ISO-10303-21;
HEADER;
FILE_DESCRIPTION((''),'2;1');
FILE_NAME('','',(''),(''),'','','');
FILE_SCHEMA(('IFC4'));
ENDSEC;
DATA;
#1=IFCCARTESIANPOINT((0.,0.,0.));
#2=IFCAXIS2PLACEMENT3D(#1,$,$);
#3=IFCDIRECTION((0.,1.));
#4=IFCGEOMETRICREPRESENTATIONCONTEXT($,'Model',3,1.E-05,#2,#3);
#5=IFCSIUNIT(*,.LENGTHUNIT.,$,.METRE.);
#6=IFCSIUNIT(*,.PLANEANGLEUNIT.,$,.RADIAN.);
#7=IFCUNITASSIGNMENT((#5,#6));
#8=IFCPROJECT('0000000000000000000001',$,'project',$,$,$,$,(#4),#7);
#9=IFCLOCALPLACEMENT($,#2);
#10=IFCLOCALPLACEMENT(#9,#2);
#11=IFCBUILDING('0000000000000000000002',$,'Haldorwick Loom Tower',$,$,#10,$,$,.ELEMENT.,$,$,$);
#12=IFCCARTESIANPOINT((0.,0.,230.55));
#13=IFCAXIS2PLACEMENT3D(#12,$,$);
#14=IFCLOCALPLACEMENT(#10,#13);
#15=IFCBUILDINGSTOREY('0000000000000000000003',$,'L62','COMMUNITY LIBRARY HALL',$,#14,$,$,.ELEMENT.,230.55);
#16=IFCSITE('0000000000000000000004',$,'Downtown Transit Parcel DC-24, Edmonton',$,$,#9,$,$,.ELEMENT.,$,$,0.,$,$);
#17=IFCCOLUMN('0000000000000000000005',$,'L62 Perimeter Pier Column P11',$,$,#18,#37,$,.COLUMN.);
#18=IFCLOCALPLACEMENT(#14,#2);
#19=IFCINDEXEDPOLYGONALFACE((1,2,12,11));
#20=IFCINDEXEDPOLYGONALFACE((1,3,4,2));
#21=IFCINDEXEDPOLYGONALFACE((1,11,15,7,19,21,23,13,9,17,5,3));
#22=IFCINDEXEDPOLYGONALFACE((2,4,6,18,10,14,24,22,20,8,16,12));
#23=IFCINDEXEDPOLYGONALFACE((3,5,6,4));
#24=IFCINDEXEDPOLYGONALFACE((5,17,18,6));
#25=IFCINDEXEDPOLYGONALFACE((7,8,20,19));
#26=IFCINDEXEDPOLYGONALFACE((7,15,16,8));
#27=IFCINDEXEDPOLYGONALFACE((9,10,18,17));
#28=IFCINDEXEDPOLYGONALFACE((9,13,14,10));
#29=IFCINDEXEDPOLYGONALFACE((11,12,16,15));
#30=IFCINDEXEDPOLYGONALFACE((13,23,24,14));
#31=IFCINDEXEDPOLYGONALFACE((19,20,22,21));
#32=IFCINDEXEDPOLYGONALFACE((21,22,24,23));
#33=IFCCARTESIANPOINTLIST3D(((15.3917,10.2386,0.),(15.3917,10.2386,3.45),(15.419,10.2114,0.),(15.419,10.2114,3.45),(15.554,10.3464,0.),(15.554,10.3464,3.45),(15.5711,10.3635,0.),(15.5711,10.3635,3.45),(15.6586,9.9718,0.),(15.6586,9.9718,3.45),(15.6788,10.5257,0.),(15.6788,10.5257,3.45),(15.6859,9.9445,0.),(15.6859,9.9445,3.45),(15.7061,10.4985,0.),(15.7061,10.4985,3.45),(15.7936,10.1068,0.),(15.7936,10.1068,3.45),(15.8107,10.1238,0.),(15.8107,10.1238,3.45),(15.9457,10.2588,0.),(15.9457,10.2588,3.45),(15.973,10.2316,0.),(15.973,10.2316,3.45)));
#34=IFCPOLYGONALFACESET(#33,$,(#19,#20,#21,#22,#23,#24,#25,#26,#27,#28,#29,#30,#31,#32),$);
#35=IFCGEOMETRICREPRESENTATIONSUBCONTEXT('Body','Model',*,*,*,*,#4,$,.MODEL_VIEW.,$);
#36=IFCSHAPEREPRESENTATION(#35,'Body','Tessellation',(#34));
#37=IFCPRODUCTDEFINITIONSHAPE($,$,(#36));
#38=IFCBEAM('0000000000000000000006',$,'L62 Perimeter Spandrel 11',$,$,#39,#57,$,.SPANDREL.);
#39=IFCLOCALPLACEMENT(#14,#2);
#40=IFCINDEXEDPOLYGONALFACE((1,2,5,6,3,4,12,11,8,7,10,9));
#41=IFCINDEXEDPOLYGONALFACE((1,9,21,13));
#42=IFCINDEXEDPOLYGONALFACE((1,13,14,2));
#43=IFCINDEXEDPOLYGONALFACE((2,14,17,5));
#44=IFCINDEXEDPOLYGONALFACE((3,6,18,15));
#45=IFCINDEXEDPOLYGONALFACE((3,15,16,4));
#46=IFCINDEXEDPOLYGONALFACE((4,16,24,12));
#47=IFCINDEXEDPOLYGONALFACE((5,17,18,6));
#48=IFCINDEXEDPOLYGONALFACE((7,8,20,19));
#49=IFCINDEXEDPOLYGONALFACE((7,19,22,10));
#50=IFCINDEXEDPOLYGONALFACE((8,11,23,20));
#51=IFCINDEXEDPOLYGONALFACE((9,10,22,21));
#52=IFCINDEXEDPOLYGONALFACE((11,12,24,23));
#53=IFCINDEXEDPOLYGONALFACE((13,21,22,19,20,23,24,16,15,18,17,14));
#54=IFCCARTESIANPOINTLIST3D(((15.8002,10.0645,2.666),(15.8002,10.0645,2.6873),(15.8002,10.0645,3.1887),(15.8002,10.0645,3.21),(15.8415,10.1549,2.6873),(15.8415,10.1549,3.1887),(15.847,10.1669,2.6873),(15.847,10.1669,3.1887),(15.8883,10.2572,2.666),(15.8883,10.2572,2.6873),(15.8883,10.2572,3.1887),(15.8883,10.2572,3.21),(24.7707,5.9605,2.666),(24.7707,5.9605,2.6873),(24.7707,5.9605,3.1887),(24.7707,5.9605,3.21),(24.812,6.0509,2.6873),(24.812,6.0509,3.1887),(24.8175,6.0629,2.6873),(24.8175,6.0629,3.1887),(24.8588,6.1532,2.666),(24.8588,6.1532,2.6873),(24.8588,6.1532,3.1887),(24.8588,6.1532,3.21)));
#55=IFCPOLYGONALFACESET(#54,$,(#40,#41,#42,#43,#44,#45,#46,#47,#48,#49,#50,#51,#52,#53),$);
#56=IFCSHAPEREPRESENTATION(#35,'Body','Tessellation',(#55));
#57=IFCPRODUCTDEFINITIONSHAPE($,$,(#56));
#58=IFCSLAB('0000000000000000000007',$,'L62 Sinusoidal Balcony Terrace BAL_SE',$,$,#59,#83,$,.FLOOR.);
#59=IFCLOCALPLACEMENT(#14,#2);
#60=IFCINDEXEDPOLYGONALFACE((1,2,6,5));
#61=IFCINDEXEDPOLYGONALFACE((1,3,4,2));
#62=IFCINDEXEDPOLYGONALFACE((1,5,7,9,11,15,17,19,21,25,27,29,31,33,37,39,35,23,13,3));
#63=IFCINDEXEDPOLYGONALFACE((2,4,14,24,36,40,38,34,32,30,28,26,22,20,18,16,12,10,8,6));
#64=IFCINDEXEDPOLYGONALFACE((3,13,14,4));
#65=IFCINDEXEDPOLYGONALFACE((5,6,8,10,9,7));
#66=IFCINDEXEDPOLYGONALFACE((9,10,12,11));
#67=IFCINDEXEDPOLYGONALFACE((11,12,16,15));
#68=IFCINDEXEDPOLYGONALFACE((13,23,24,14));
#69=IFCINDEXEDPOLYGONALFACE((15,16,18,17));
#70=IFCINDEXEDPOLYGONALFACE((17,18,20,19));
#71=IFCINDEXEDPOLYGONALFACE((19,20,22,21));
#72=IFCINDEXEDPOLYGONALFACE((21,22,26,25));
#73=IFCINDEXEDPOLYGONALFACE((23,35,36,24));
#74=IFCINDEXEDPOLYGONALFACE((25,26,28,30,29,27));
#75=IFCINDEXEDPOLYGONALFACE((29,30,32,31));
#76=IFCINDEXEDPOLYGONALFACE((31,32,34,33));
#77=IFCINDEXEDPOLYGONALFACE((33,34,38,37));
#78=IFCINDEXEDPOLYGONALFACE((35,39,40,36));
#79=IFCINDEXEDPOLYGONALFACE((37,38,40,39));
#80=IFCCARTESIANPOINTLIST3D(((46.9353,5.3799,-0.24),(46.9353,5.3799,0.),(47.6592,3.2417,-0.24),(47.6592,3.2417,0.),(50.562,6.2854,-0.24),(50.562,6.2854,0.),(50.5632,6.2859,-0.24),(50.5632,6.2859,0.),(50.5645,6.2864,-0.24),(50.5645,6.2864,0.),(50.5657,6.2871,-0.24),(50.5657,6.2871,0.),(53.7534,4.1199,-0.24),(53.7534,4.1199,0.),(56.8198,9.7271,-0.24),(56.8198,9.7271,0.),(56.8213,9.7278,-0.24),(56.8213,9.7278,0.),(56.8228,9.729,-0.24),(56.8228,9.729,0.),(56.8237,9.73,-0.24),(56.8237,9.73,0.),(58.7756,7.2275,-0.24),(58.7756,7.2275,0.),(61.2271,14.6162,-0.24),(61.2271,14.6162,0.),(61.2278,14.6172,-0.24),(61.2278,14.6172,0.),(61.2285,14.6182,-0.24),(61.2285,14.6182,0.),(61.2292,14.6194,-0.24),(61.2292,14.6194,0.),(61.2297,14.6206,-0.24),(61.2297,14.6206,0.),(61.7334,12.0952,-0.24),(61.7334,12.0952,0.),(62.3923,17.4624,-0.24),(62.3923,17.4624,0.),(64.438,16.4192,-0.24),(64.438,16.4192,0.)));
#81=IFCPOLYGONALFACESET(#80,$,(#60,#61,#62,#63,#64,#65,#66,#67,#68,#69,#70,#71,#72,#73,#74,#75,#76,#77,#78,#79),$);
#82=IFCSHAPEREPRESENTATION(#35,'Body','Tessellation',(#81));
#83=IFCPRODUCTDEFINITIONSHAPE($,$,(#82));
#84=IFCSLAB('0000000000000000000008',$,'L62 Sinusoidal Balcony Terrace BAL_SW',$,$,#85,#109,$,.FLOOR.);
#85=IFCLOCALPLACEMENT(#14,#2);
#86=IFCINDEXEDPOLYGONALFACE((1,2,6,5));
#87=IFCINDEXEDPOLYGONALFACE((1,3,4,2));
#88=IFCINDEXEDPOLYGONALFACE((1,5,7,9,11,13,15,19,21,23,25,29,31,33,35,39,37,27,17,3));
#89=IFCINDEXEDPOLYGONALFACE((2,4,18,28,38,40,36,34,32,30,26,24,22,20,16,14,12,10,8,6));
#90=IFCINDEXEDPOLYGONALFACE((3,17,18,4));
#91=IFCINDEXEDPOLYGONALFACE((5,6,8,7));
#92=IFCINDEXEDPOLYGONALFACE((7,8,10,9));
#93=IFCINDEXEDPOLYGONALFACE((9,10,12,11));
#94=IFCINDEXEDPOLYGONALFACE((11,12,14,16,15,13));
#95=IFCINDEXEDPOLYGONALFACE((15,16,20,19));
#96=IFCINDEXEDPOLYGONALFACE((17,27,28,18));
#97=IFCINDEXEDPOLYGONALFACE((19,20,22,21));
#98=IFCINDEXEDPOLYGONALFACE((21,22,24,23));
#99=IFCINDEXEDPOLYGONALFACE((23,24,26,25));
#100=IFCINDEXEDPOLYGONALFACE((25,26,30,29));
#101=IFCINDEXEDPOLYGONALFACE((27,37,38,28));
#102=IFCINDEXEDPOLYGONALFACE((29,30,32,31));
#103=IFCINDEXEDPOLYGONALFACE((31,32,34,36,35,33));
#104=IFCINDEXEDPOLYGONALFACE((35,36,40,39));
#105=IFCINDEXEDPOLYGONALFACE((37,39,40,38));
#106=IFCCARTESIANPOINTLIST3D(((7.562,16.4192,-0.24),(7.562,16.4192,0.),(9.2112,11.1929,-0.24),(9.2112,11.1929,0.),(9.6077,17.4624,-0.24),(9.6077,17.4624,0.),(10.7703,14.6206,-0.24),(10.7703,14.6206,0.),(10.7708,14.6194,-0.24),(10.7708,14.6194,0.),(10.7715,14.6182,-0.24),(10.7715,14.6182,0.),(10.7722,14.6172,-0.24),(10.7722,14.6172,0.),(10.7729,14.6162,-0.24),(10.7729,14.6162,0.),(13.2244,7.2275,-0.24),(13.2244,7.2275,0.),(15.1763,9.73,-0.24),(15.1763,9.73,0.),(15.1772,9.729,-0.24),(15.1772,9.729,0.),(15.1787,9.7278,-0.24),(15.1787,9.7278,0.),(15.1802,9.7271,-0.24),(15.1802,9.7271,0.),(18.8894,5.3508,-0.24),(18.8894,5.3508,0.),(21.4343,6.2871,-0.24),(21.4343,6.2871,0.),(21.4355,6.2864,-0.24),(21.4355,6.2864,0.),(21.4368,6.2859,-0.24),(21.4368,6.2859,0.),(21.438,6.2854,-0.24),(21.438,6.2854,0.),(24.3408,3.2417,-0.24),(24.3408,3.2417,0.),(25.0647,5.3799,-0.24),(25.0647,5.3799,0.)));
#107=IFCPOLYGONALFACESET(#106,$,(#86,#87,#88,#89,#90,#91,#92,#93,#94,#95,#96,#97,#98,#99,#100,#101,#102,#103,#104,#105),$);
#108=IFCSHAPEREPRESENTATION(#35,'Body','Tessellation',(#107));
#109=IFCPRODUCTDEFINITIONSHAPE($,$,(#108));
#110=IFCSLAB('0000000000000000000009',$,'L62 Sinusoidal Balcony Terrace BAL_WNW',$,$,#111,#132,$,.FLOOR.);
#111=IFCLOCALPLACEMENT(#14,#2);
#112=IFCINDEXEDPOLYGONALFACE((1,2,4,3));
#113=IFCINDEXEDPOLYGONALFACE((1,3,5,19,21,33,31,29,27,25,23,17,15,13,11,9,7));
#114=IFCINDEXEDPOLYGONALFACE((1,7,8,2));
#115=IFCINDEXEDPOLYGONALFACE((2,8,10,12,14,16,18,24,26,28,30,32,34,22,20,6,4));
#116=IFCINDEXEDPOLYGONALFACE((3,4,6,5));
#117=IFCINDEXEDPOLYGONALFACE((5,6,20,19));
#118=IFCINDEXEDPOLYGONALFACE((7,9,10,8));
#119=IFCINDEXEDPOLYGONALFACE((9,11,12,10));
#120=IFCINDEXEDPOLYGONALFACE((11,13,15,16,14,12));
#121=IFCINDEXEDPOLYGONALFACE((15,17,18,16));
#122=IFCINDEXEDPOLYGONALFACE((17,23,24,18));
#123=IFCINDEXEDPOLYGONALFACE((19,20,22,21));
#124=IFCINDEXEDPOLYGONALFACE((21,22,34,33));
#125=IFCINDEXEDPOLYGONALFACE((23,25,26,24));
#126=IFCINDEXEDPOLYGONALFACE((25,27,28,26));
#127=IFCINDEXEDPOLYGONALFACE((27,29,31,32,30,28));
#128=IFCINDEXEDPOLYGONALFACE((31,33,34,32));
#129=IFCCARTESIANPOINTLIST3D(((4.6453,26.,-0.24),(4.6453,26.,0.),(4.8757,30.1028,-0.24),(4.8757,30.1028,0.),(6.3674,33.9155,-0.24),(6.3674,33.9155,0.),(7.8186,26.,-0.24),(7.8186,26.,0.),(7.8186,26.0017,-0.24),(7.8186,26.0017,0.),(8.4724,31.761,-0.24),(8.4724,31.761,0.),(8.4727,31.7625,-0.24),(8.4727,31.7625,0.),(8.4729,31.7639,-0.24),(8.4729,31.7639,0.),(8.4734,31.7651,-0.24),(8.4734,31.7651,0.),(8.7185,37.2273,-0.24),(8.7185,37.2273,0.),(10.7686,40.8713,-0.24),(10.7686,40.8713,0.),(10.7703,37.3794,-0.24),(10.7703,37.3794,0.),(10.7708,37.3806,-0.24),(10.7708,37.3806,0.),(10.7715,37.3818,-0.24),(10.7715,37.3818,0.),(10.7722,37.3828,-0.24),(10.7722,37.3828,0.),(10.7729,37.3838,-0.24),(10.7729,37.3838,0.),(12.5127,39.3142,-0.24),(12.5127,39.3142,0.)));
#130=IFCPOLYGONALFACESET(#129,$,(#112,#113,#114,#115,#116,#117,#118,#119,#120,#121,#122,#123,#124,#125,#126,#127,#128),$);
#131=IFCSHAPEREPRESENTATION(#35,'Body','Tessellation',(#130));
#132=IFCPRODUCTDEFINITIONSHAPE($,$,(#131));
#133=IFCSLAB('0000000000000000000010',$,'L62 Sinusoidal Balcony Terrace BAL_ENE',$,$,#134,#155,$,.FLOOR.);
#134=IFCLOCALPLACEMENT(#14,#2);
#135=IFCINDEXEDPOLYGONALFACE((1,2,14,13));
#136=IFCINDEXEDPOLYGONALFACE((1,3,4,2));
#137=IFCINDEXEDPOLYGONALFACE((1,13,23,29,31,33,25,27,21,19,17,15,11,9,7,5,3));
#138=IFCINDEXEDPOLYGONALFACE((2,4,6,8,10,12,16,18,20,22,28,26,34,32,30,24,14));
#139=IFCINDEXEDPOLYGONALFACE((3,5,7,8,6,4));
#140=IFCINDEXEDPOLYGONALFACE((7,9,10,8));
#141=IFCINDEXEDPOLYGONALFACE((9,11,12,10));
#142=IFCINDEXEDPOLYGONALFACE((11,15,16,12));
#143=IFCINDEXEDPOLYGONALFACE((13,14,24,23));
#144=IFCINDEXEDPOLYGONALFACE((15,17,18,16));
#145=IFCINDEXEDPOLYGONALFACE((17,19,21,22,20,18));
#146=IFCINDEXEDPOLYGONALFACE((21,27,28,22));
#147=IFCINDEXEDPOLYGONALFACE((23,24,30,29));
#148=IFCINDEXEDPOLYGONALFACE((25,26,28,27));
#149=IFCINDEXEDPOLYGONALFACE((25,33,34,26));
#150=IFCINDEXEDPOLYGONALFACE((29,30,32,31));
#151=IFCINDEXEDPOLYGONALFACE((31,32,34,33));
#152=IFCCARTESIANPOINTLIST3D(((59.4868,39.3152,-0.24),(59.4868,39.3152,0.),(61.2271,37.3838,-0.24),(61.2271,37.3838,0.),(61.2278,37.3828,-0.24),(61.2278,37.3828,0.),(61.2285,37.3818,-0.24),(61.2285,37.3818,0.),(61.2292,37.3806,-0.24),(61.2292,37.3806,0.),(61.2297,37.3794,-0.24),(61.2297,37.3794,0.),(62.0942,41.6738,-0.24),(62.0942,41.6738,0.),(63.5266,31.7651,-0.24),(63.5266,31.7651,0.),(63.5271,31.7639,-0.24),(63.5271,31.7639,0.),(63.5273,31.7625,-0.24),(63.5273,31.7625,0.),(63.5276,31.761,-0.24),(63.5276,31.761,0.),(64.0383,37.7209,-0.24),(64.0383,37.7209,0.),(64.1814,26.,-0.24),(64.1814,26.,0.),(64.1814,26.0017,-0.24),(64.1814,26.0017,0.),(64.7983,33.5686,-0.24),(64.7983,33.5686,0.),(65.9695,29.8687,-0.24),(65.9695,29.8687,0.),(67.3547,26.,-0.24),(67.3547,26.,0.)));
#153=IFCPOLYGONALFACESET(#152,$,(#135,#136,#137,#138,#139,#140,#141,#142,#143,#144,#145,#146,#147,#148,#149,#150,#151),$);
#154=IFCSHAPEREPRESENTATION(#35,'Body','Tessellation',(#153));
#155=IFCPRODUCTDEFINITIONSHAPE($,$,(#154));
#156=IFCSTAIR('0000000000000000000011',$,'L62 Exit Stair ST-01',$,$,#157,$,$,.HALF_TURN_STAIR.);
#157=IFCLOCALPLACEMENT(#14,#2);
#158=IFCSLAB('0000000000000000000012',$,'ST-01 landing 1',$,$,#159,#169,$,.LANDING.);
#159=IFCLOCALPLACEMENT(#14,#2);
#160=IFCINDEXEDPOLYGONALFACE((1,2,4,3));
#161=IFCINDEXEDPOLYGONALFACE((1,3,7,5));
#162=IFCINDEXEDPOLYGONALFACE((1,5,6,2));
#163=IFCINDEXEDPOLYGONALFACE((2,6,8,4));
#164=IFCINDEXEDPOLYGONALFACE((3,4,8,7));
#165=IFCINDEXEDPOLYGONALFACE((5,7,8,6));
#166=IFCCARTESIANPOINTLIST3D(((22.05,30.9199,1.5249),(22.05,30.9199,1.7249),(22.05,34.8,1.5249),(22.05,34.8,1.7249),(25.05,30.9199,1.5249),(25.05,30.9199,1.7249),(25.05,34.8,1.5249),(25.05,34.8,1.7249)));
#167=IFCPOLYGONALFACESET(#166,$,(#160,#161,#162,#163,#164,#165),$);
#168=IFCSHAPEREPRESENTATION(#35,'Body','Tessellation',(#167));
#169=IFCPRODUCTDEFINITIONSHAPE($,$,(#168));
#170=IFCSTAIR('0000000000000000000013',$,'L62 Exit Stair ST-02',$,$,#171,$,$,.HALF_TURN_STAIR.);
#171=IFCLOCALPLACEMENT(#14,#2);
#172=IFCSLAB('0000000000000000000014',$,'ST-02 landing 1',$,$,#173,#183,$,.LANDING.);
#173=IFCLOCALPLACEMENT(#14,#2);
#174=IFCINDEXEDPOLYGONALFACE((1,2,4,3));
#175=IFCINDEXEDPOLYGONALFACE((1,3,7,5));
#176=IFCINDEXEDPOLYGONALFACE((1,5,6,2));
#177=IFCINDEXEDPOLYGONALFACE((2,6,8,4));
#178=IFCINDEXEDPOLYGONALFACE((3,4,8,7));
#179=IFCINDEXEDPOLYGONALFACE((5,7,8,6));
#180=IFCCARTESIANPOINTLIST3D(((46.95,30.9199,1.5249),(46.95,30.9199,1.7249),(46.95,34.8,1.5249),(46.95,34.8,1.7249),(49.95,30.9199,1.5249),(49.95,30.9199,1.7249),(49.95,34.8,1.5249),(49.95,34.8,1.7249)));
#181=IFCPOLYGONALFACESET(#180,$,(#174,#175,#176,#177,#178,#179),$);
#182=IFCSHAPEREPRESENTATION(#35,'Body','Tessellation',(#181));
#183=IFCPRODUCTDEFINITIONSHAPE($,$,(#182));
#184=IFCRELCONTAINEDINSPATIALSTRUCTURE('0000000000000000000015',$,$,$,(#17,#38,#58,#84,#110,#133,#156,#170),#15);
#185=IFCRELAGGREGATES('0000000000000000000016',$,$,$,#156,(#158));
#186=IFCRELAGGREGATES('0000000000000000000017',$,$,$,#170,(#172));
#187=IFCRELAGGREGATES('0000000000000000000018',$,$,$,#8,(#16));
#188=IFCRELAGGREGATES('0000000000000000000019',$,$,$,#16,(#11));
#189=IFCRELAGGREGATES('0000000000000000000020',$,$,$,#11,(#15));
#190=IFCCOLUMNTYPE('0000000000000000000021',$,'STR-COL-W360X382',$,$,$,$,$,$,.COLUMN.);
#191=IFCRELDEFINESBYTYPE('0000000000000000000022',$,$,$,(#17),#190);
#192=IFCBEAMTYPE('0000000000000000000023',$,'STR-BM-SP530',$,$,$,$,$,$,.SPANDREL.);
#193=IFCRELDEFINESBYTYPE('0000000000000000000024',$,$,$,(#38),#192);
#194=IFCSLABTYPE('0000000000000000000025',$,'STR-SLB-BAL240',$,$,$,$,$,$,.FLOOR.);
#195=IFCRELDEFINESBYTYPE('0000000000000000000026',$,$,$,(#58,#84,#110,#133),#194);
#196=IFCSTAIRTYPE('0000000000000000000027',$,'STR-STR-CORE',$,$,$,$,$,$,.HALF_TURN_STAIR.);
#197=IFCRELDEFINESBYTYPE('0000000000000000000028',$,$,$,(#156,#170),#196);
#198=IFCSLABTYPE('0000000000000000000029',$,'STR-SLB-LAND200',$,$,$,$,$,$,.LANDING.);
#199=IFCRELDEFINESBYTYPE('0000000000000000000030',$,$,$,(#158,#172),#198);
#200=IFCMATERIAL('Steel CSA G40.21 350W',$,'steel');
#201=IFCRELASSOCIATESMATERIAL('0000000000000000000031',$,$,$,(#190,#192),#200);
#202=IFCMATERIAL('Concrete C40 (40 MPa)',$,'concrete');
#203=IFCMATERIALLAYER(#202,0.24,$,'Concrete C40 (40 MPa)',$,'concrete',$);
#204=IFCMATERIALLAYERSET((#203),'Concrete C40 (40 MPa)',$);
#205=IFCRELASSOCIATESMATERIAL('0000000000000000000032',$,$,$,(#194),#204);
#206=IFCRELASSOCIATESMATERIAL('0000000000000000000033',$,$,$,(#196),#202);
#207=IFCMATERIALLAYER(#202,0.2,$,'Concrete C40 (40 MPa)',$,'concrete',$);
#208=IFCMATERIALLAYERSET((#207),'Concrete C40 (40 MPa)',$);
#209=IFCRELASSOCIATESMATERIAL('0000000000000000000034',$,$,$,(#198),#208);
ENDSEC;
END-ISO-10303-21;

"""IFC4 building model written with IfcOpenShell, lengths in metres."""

from ifc_helpers import new_model, si_unit, direction, frame, origin, origin_2d, place, context, subcontext, project, spatial, polyline, i_section, outline, extrude, material, layer, layer_set, material_profile, profile_set, type_object, element, aggregate, save


model = new_model("IFC4")

# Units and contexts
model_context = context("Model", 3, precision=1e-05, world=origin(), true_north=direction((0.0, 1.0)))
body_context = subcontext(model_context, "Body", "Model", "MODEL_VIEW")
ifc_project = project(units=[si_unit("LENGTHUNIT", "METRE"), si_unit("PLANEANGLEUNIT", "RADIAN")], contexts=[model_context])

# Site, building, storey
site_placement = place(None, origin())
site = spatial("IfcSite", under=ifc_project, at=site_placement, Name="Downtown Transit Parcel DC-24, Edmonton", CompositionType="ELEMENT", RefElevation=0.0)
building_placement = place(site_placement, origin())
building = spatial("IfcBuilding", under=site, at=building_placement, Name="Haldorwick Loom Tower", CompositionType="ELEMENT")
storey_placement = place(building_placement, frame((0.0, 0.0, 230.55)))
storey = spatial("IfcBuildingStorey", under=building, at=storey_placement, Name="L62", Description="COMMUNITY LIBRARY HALL", CompositionType="ELEMENT", Elevation=230.55)

# Column
ifc_material_1 = material(Name="Steel CSA G40.21 350W", Category="steel")
ifc_material_profile_1 = material_profile(ifc_material_1, i_section(OverallWidth=0.406, OverallDepth=0.416, WebThickness=0.0242, FlangeThickness=0.0386, at=origin_2d()), Name="W360X382", Category="steel")
ifc_profile_set_1 = profile_set([ifc_material_profile_1], Name="Steel CSA G40.21 350W")
column_type = type_object("IfcColumnType", Name="STR-COL-W360X382", PredefinedType="COLUMN", material=ifc_profile_set_1)
column_placement = place(storey_placement, frame((15.6824, 10.2351, 0.0), z_axis=(0.0, 0.0, 1.0), x_axis=(-0.707107, -0.707107, 0.0)))
element("IfcColumn", 1, at=column_placement, inside=storey, type_object=column_type, Name="L62 Perimeter Pier Column P11", PredefinedType="COLUMN", context=body_context, shape_type="SweptSolid", body=[
    extrude(i_section(OverallWidth=0.406, OverallDepth=0.416, WebThickness=0.0242, FlangeThickness=0.0386, at=origin_2d()), origin(), (0.0, 0.0, 1.0), 3.45),
])

# Beam
ifc_material_profile_2 = material_profile(ifc_material_1, i_section(OverallWidth=0.2119, OverallDepth=0.5439, WebThickness=0.0132, FlangeThickness=0.0212, at=origin_2d()), Name="W530X123", Category="steel")
ifc_profile_set_2 = profile_set([ifc_material_profile_2], Name="Steel CSA G40.21 350W")
beam_type = type_object("IfcBeamType", Name="STR-BM-SP530", PredefinedType="SPANDREL", material=ifc_profile_set_2)
beam_placement = place(storey_placement, frame((15.8442, 10.1609, 2.938), z_axis=(0.909351, -0.41603, 0.0), x_axis=(0.41603, 0.909351, 0.0)))
element("IfcBeam", 2, at=beam_placement, inside=storey, type_object=beam_type, Name="L62 Perimeter Spandrel 11", PredefinedType="SPANDREL", context=body_context, shape_type="SweptSolid", body=[
    extrude(i_section(OverallWidth=0.2119, OverallDepth=0.5439, WebThickness=0.0132, FlangeThickness=0.0212, at=origin_2d()), origin(), (0.0, 0.0, 1.0), 9.8647),
])

# Slabs
ifc_material_2 = material(Name="Concrete C40 (40 MPa)", Category="concrete")
ifc_layer_1 = layer(ifc_material_2, 0.24, Name="Concrete C40 (40 MPa)", Category="concrete")
ifc_layer_set_1 = layer_set([ifc_layer_1], Name="Concrete C40 (40 MPa)")
slab_type_1 = type_object("IfcSlabType", Name="STR-SLB-BAL240", PredefinedType="FLOOR", material=ifc_layer_set_1)
slab_1_placement = place(storey_placement, frame((0.0, 0.0, -0.24)))
element("IfcSlab", 3, at=slab_1_placement, inside=storey, type_object=slab_type_1, Name="L62 Sinusoidal Balcony Terrace BAL_SE", PredefinedType="FLOOR", context=body_context, shape_type="SweptSolid", body=[
    extrude(outline(polyline([(62.3923, 17.4624), (61.2297, 14.6206), (61.2292, 14.6194), (61.2285, 14.6182), (61.2278, 14.6172), (61.2271, 14.6162), (56.8237, 9.73), (56.8228, 9.729), (56.8213, 9.7278), (56.8198, 9.7271), (50.5657, 6.2871), (50.5645, 6.2864), (50.5632, 6.2859), (50.562, 6.2854), (46.9353, 5.3799), (47.6592, 3.2417), (53.7534, 4.1199), (58.7756, 7.2275), (61.7334, 12.0952), (64.438, 16.4192), (62.3923, 17.4624)])), origin(), (0.0, 0.0, 1.0), 0.24),
])
slab_2_placement = place(storey_placement, frame((0.0, 0.0, -0.24)))
element("IfcSlab", 4, at=slab_2_placement, inside=storey, type_object=slab_type_1, Name="L62 Sinusoidal Balcony Terrace BAL_SW", PredefinedType="FLOOR", context=body_context, shape_type="SweptSolid", body=[
    extrude(outline(polyline([(25.0647, 5.3799), (21.438, 6.2854), (21.4368, 6.2859), (21.4355, 6.2864), (21.4343, 6.2871), (15.1802, 9.7271), (15.1787, 9.7278), (15.1772, 9.729), (15.1763, 9.73), (10.7729, 14.6162), (10.7722, 14.6172), (10.7715, 14.6182), (10.7708, 14.6194), (10.7703, 14.6206), (9.6077, 17.4624), (7.562, 16.4192), (9.2112, 11.1929), (13.2244, 7.2275), (18.8894, 5.3508), (24.3408, 3.2417), (25.0647, 5.3799)])), origin(), (0.0, 0.0, 1.0), 0.24),
])
slab_3_placement = place(storey_placement, frame((0.0, 0.0, -0.24)))
element("IfcSlab", 5, at=slab_3_placement, inside=storey, type_object=slab_type_1, Name="L62 Sinusoidal Balcony Terrace BAL_WNW", PredefinedType="FLOOR", context=body_context, shape_type="SweptSolid", body=[
    extrude(outline(polyline([(7.8186, 26.0), (7.8186, 26.0017), (8.4724, 31.761), (8.4727, 31.7625), (8.4729, 31.7639), (8.4734, 31.7651), (10.7703, 37.3794), (10.7708, 37.3806), (10.7715, 37.3818), (10.7722, 37.3828), (10.7729, 37.3838), (12.5127, 39.3142), (10.7686, 40.8713), (8.7185, 37.2273), (6.3674, 33.9155), (4.8757, 30.1028), (4.6453, 26.0), (7.8186, 26.0)])), origin(), (0.0, 0.0, 1.0), 0.24),
])
slab_4_placement = place(storey_placement, frame((0.0, 0.0, -0.24)))
element("IfcSlab", 6, at=slab_4_placement, inside=storey, type_object=slab_type_1, Name="L62 Sinusoidal Balcony Terrace BAL_ENE", PredefinedType="FLOOR", context=body_context, shape_type="SweptSolid", body=[
    extrude(outline(polyline([(59.4868, 39.3152), (61.2271, 37.3838), (61.2278, 37.3828), (61.2285, 37.3818), (61.2292, 37.3806), (61.2297, 37.3794), (63.5266, 31.7651), (63.5271, 31.7639), (63.5273, 31.7625), (63.5276, 31.761), (64.1814, 26.0017), (64.1814, 26.0), (67.3547, 26.0), (65.9695, 29.8687), (64.7983, 33.5686), (64.0383, 37.7209), (62.0942, 41.6738), (59.4868, 39.3152)])), origin(), (0.0, 0.0, 1.0), 0.24),
])

# Stairs, slabs
stair_type = type_object("IfcStairType", Name="STR-STR-CORE", PredefinedType="HALF_TURN_STAIR", material=ifc_material_2)
stair_1_placement = place(storey_placement, origin())
stair_1 = element("IfcStair", 7, at=stair_1_placement, inside=storey, type_object=stair_type, Name="L62 Exit Stair ST-01", PredefinedType="HALF_TURN_STAIR")
ifc_layer_2 = layer(ifc_material_2, 0.2, Name="Concrete C40 (40 MPa)", Category="concrete")
ifc_layer_set_2 = layer_set([ifc_layer_2], Name="Concrete C40 (40 MPa)")
slab_type_2 = type_object("IfcSlabType", Name="STR-SLB-LAND200", PredefinedType="LANDING", material=ifc_layer_set_2)
slab_5_placement = place(storey_placement, frame((0.0, 0.0, 1.5249)))
slab_5 = element("IfcSlab", 8, at=slab_5_placement, type_object=slab_type_2, Name="ST-01 landing 1", PredefinedType="LANDING", context=body_context, shape_type="SweptSolid", body=[
    extrude(outline(polyline([(25.05, 30.9199), (25.05, 34.8), (22.05, 34.8), (22.05, 30.9199), (25.05, 30.9199)])), origin(), (0.0, 0.0, 1.0), 0.2),
])
aggregate(stair_1, [slab_5])
stair_2_placement = place(storey_placement, origin())
stair_2 = element("IfcStair", 9, at=stair_2_placement, inside=storey, type_object=stair_type, Name="L62 Exit Stair ST-02", PredefinedType="HALF_TURN_STAIR")
slab_6_placement = place(storey_placement, frame((0.0, 0.0, 1.5249)))
slab_6 = element("IfcSlab", 10, at=slab_6_placement, type_object=slab_type_2, Name="ST-02 landing 1", PredefinedType="LANDING", context=body_context, shape_type="SweptSolid", body=[
    extrude(outline(polyline([(49.95, 30.9199), (49.95, 34.8), (46.95, 34.8), (46.95, 30.9199), (49.95, 30.9199)])), origin(), (0.0, 0.0, 1.0), 0.2),
])
aggregate(stair_2, [slab_6])

save(model, "model.ifc")
